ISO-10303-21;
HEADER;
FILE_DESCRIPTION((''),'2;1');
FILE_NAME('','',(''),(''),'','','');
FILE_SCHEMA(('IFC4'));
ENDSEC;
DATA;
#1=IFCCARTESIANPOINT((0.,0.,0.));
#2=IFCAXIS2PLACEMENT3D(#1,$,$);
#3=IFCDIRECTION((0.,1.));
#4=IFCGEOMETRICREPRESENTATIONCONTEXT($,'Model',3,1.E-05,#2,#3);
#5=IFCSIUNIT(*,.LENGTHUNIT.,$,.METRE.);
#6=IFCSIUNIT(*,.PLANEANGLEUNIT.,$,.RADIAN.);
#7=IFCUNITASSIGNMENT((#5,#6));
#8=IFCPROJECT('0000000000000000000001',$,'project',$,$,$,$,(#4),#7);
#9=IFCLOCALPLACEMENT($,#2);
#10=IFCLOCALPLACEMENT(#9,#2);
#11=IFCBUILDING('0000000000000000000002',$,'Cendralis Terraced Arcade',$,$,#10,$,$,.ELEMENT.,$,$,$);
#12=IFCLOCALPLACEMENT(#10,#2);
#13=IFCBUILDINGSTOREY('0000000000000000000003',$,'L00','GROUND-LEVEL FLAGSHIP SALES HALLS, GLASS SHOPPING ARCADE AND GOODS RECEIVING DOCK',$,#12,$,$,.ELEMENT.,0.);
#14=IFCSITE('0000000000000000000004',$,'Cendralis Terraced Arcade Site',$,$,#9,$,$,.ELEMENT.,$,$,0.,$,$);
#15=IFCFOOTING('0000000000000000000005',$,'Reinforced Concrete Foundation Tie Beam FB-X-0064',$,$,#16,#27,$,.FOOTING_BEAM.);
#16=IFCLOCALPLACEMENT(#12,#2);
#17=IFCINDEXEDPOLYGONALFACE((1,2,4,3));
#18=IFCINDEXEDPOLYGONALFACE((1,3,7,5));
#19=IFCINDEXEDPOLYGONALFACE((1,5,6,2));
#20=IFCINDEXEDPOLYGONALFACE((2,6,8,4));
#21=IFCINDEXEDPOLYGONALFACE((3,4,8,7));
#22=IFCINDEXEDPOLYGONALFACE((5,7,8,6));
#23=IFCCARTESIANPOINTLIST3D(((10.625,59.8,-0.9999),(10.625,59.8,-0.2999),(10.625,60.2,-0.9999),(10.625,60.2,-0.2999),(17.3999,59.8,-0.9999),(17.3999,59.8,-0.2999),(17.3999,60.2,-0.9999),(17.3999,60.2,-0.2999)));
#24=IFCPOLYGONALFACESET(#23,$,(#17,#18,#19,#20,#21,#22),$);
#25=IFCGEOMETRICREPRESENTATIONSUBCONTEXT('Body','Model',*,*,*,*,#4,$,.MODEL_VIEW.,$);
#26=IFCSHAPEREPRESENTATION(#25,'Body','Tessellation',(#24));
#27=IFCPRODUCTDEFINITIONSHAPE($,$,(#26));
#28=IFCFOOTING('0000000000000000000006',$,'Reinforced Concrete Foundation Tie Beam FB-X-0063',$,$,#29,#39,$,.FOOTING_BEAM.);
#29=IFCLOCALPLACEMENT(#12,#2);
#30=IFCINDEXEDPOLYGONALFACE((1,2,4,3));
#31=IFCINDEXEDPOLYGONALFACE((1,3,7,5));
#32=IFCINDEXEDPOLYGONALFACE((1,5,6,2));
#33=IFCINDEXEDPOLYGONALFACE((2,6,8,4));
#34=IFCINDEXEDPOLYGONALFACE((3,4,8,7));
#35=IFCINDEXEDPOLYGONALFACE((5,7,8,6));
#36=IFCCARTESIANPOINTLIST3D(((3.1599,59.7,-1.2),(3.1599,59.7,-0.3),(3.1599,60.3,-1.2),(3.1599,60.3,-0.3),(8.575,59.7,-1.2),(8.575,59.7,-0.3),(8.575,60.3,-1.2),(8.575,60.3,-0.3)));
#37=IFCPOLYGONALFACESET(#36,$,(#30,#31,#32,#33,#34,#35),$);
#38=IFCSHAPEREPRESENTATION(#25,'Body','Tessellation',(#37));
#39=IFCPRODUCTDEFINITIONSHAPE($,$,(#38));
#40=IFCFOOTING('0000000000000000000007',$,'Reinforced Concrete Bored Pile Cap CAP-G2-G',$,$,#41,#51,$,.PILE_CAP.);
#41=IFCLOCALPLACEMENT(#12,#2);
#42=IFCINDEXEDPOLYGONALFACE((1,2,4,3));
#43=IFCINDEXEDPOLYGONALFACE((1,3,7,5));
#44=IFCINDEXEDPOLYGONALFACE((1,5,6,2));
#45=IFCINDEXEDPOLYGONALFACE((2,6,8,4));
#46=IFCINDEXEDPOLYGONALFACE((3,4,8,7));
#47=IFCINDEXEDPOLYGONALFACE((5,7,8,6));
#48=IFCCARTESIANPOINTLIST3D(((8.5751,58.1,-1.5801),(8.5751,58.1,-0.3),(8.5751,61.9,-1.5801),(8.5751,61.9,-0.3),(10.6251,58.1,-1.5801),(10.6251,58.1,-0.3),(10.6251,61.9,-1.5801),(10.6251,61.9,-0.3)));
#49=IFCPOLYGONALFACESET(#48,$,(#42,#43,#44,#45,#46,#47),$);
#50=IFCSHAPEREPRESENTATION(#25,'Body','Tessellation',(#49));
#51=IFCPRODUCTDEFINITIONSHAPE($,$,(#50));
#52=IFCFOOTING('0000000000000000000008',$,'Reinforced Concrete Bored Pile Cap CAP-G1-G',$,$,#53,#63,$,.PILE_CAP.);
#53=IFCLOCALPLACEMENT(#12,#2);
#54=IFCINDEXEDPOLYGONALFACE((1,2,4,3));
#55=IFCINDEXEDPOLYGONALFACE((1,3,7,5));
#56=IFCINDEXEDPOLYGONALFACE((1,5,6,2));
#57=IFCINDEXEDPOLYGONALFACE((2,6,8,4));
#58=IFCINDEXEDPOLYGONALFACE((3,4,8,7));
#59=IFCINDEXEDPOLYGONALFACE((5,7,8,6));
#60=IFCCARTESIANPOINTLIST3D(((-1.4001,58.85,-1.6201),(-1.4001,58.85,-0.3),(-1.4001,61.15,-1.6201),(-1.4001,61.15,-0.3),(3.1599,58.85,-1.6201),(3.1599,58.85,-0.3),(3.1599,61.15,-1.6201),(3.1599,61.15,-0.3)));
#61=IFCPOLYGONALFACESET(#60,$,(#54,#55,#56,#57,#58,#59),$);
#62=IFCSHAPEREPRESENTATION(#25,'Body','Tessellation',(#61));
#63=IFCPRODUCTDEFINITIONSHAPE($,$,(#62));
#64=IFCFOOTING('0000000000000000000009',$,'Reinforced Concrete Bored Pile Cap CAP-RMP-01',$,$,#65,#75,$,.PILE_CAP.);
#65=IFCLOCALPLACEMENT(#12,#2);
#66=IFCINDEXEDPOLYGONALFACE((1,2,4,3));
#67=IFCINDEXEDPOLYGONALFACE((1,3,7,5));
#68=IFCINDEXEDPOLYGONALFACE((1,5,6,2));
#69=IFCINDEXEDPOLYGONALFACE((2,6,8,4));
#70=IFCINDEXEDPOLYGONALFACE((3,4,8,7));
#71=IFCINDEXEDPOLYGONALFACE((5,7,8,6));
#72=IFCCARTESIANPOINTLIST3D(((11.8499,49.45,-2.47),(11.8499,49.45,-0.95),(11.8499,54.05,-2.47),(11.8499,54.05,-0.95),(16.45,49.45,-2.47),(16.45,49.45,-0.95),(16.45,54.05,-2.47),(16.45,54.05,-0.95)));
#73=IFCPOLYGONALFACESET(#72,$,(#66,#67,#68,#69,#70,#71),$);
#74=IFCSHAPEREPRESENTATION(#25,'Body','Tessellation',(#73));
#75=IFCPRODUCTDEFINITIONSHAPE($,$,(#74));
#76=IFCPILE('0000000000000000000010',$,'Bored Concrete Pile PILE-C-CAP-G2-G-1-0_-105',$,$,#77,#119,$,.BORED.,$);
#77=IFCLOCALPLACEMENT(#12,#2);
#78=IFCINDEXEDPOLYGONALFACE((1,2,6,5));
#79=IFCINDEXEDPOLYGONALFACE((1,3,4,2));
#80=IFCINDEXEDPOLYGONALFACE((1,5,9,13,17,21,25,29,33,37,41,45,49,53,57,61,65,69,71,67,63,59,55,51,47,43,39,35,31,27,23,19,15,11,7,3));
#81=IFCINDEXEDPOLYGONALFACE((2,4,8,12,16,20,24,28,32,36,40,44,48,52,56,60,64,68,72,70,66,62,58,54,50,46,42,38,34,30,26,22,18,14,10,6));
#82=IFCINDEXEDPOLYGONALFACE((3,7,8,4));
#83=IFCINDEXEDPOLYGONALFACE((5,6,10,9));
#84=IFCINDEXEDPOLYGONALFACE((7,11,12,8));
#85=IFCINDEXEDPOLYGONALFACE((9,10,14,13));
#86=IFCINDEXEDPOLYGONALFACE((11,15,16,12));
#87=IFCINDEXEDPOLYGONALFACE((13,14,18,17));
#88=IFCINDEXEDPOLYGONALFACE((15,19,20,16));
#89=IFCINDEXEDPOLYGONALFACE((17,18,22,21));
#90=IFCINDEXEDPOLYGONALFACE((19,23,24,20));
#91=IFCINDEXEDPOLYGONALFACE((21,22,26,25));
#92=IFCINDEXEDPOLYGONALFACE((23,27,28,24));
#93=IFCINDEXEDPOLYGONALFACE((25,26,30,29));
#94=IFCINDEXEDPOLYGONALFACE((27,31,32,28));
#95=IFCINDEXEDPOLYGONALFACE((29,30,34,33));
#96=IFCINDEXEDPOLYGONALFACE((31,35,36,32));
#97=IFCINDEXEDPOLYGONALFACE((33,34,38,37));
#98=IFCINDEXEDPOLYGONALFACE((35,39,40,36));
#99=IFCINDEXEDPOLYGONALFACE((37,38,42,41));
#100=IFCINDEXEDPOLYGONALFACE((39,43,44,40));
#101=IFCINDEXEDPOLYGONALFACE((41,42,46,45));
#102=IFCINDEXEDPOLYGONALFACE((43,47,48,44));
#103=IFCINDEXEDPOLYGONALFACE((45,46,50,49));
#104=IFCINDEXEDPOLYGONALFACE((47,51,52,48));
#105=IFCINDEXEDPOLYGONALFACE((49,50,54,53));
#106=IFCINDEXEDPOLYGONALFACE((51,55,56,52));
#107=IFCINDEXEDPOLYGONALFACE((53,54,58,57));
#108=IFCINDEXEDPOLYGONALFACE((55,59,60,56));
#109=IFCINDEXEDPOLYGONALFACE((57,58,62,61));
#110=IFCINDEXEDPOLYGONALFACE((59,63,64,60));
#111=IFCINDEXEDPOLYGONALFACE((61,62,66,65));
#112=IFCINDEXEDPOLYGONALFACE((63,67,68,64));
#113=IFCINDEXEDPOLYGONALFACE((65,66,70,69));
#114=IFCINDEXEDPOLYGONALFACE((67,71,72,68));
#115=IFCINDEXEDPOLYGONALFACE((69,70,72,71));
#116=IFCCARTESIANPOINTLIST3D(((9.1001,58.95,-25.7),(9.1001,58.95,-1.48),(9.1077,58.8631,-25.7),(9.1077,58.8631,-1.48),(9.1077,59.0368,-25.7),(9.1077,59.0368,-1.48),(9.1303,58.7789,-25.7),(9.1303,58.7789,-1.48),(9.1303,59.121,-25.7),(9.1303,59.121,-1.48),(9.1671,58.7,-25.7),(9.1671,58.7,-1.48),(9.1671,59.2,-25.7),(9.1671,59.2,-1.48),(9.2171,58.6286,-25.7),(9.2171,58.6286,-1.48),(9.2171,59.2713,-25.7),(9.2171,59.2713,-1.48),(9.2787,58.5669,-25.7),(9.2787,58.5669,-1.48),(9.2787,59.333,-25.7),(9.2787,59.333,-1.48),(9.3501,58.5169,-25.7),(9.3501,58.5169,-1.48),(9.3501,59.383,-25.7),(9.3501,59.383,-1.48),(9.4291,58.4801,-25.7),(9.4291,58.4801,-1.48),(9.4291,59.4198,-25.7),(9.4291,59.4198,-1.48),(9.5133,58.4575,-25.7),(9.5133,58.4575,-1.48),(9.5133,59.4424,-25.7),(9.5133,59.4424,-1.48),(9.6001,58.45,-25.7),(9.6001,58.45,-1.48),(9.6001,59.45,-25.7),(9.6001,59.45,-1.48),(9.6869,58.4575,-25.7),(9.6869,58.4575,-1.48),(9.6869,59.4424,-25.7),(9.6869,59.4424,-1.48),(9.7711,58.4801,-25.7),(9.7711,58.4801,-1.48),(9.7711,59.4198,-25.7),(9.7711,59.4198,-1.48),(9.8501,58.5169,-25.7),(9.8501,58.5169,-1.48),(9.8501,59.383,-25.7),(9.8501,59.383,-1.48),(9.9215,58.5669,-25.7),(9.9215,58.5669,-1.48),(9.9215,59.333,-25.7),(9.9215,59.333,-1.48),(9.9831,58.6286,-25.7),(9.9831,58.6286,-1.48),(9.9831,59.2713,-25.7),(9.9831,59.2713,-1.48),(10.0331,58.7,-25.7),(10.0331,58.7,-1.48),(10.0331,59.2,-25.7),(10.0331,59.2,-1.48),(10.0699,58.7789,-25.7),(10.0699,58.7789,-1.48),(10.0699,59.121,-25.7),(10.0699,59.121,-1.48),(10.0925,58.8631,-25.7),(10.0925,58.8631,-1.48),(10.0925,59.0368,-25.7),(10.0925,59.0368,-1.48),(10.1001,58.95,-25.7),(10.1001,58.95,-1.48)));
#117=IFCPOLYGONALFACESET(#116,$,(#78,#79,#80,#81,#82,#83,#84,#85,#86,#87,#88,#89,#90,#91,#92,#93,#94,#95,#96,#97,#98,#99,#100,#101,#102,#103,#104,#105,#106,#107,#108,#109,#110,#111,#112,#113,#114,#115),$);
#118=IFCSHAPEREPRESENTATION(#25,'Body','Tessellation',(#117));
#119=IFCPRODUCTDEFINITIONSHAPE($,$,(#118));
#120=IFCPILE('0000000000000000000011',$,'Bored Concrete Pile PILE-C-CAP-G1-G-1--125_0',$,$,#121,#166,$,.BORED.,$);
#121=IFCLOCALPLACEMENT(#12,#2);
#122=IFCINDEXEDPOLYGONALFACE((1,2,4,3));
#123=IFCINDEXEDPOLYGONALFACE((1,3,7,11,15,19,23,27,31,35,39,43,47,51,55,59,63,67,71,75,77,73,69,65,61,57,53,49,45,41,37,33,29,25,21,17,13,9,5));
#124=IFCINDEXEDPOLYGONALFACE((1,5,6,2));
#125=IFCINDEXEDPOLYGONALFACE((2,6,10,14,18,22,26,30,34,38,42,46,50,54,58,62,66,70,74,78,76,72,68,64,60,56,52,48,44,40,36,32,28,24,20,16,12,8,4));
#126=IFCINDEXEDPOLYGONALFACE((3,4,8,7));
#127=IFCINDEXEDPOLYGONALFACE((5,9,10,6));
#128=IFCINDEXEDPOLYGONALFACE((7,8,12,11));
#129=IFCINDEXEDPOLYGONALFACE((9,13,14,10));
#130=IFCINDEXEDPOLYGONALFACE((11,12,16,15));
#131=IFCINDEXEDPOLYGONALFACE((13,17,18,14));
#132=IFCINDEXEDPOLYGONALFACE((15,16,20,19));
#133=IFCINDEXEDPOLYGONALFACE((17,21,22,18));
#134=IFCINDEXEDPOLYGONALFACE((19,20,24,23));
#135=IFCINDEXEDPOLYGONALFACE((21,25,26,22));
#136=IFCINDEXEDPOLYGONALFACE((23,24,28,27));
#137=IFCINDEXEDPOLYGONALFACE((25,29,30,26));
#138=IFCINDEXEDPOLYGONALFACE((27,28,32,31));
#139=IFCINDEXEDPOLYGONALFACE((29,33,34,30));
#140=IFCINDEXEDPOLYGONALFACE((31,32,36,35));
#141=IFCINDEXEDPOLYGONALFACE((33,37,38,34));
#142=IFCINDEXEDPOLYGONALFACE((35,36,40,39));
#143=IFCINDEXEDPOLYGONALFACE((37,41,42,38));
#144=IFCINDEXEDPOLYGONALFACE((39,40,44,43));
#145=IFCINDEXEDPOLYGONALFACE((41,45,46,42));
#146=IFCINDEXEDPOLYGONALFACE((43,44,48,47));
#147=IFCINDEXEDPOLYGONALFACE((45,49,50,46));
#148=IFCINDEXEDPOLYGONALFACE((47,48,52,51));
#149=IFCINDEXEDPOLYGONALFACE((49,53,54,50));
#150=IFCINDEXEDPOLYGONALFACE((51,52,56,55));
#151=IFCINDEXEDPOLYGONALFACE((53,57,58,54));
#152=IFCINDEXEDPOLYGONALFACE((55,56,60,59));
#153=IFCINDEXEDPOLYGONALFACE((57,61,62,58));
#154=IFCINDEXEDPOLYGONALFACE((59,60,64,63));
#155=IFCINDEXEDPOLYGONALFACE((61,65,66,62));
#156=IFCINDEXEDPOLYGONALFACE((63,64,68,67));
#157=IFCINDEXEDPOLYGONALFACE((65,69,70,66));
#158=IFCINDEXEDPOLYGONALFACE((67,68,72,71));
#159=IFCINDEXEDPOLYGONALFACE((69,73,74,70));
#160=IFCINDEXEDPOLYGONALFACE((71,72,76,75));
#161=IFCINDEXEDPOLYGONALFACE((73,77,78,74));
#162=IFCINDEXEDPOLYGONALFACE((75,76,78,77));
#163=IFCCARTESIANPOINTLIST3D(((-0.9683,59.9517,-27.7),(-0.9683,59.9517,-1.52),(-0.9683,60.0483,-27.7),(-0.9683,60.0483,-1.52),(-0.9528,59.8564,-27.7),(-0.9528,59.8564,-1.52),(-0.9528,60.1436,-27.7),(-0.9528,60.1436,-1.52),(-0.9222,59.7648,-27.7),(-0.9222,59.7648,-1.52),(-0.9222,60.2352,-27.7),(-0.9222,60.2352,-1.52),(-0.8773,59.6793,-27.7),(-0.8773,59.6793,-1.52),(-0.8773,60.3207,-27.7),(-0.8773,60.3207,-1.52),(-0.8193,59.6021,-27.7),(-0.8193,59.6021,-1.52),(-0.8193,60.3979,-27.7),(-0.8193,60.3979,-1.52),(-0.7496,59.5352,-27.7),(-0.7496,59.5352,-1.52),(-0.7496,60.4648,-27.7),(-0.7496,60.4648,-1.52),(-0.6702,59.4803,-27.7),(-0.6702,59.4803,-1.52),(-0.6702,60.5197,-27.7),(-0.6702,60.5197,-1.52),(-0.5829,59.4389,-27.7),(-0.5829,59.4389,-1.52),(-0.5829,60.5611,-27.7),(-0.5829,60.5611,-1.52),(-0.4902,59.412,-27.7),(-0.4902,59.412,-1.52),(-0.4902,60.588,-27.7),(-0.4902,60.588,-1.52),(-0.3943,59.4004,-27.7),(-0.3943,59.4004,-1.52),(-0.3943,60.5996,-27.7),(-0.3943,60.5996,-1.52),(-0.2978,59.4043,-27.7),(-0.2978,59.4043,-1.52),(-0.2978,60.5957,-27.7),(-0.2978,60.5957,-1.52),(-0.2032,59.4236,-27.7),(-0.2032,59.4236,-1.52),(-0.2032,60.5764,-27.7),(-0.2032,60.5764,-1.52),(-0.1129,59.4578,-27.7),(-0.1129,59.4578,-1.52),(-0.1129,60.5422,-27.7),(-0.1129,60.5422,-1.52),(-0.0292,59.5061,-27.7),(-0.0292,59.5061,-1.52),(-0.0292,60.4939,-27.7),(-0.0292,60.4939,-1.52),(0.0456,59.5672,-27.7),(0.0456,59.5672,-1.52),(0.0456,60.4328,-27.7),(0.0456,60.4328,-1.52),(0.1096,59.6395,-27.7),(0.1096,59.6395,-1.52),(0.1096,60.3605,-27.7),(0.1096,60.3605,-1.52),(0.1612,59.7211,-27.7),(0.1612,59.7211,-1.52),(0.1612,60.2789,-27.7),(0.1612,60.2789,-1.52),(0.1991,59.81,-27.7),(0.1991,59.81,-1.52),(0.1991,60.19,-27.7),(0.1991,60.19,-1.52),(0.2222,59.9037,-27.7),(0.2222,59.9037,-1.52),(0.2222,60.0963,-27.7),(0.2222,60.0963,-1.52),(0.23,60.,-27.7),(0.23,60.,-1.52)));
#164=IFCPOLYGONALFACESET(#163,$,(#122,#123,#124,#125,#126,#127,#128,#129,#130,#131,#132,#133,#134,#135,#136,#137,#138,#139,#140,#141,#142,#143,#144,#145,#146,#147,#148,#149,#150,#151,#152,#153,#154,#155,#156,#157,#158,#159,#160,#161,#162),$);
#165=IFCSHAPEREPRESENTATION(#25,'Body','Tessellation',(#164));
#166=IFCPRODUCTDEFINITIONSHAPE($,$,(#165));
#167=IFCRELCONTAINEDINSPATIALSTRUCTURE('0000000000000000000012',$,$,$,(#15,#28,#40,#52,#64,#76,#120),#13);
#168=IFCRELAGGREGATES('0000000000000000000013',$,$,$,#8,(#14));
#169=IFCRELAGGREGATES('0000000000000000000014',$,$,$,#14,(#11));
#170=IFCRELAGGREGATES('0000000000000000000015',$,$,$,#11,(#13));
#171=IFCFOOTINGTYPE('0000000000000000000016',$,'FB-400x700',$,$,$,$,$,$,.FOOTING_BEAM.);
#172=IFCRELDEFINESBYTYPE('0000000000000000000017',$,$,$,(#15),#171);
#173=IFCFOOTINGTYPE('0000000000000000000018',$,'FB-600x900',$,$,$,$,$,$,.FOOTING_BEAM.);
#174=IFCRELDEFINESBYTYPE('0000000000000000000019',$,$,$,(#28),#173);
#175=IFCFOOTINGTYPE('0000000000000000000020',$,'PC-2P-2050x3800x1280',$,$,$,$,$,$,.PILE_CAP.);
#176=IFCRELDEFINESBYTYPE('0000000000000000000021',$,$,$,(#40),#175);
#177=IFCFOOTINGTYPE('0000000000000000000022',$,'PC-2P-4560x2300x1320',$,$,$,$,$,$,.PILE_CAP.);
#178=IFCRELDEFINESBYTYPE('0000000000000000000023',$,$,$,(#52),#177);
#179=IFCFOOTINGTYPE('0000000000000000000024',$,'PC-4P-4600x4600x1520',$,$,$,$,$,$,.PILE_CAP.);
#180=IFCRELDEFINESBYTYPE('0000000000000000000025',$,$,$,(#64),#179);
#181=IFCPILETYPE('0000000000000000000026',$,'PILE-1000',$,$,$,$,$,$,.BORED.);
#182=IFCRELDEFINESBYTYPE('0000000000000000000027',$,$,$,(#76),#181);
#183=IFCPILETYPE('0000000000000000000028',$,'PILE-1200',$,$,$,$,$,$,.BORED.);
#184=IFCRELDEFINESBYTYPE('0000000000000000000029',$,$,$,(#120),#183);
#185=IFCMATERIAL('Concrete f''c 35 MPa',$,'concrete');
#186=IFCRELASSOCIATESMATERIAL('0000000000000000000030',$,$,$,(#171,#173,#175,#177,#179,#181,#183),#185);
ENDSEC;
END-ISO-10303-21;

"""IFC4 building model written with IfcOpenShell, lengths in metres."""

from ifc_helpers import new_model, si_unit, direction, frame, origin, origin_2d, place, context, subcontext, project, spatial, rectangle, circle, extrude, material, material_profile, profile_set, type_object, element, save


model = new_model("IFC4")

# Units and contexts
model_context = context("Model", 3, precision=1e-05, world=origin(), true_north=direction((0.0, 1.0)))
body_context = subcontext(model_context, "Body", "Model", "MODEL_VIEW")
ifc_project = project(units=[si_unit("LENGTHUNIT", "METRE"), si_unit("PLANEANGLEUNIT", "RADIAN")], contexts=[model_context])

# Site, building, storey
site_placement = place(None, origin())
site = spatial("IfcSite", under=ifc_project, at=site_placement, Name="Cendralis Terraced Arcade Site", CompositionType="ELEMENT", RefElevation=0.0)
building_placement = place(site_placement, origin())
building = spatial("IfcBuilding", under=site, at=building_placement, Name="Cendralis Terraced Arcade", CompositionType="ELEMENT")
storey_placement = place(building_placement, origin())
storey = spatial("IfcBuildingStorey", under=building, at=storey_placement, Name="L00", Description="GROUND-LEVEL FLAGSHIP SALES HALLS, GLASS SHOPPING ARCADE AND GOODS RECEIVING DOCK", CompositionType="ELEMENT", Elevation=0.0)

# Footings
ifc_material_1 = material(Name="Concrete f'c 35 MPa", Category="concrete")
ifc_material_profile_1 = material_profile(ifc_material_1, rectangle(XDim=0.3999, YDim=0.7, at=origin_2d()), Name="FB-400x700", Category="LoadBearing")
ifc_profile_set_1 = profile_set([ifc_material_profile_1], Name="Concrete f'c 35 MPa")
footing_type_1 = type_object("IfcFootingType", Name="FB-400x700", PredefinedType="FOOTING_BEAM", material=ifc_profile_set_1)
footing_1_placement = place(storey_placement, frame((10.625, 60.0, -0.6499), z_axis=(1.0, 0.0, 0.0), x_axis=(0.0, 1.0, 0.0)))
element("IfcFooting", 1, at=footing_1_placement, inside=storey, type_object=footing_type_1, Name="Reinforced Concrete Foundation Tie Beam FB-X-0064", PredefinedType="FOOTING_BEAM", context=body_context, shape_type="SweptSolid", body=[
    extrude(rectangle(XDim=0.3999, YDim=0.7, at=origin_2d()), origin(), (0.0, 0.0, 1.0), 6.7749),
])
ifc_material_profile_2 = material_profile(ifc_material_1, rectangle(XDim=0.6001, YDim=0.8999, at=origin_2d()), Name="FB-600x900", Category="LoadBearing")
ifc_profile_set_2 = profile_set([ifc_material_profile_2], Name="Concrete f'c 35 MPa")
footing_type_2 = type_object("IfcFootingType", Name="FB-600x900", PredefinedType="FOOTING_BEAM", material=ifc_profile_set_2)
footing_2_placement = place(storey_placement, frame((3.1599, 60.0, -0.75), z_axis=(1.0, 0.0, 0.0), x_axis=(0.0, 1.0, 0.0)))
element("IfcFooting", 2, at=footing_2_placement, inside=storey, type_object=footing_type_2, Name="Reinforced Concrete Foundation Tie Beam FB-X-0063", PredefinedType="FOOTING_BEAM", context=body_context, shape_type="SweptSolid", body=[
    extrude(rectangle(XDim=0.6001, YDim=0.8999, at=origin_2d()), origin(), (0.0, 0.0, 1.0), 5.415),
])
footing_type_3 = type_object("IfcFootingType", Name="PC-2P-2050x3800x1280", PredefinedType="PILE_CAP", material=ifc_material_1)
footing_3_placement = place(storey_placement, frame((9.6001, 60.0, -1.5801), z_axis=(0.0, 0.0, 1.0), x_axis=(1.0, 0.0, 0.0)))
element("IfcFooting", 3, at=footing_3_placement, inside=storey, type_object=footing_type_3, Name="Reinforced Concrete Bored Pile Cap CAP-G2-G", PredefinedType="PILE_CAP", context=body_context, shape_type="SweptSolid", body=[
    extrude(rectangle(XDim=2.05, YDim=3.8, at=origin_2d()), origin(), (0.0, 0.0, 1.0), 1.28),
])
footing_type_4 = type_object("IfcFootingType", Name="PC-2P-4560x2300x1320", PredefinedType="PILE_CAP", material=ifc_material_1)
footing_4_placement = place(storey_placement, frame((0.8799, 60.0, -1.6201), z_axis=(0.0, 0.0, 1.0), x_axis=(1.0, 0.0, 0.0)))
element("IfcFooting", 4, at=footing_4_placement, inside=storey, type_object=footing_type_4, Name="Reinforced Concrete Bored Pile Cap CAP-G1-G", PredefinedType="PILE_CAP", context=body_context, shape_type="SweptSolid", body=[
    extrude(rectangle(XDim=4.5601, YDim=2.3, at=origin_2d()), origin(), (0.0, 0.0, 1.0), 1.3201),
])
footing_type_5 = type_object("IfcFootingType", Name="PC-4P-4600x4600x1520", PredefinedType="PILE_CAP", material=ifc_material_1)
footing_5_placement = place(storey_placement, frame((14.1499, 51.75, -2.47), z_axis=(0.0, 0.0, 1.0), x_axis=(1.0, 0.0, 0.0)))
element("IfcFooting", 5, at=footing_5_placement, inside=storey, type_object=footing_type_5, Name="Reinforced Concrete Bored Pile Cap CAP-RMP-01", PredefinedType="PILE_CAP", context=body_context, shape_type="SweptSolid", body=[
    extrude(rectangle(XDim=4.6001, YDim=4.6001, at=origin_2d()), origin(), (0.0, 0.0, 1.0), 1.52),
])

# Piles
ifc_material_profile_3 = material_profile(ifc_material_1, circle(Radius=0.5, at=origin_2d()), Name="PILE-D1000", Category="LoadBearing")
ifc_profile_set_3 = profile_set([ifc_material_profile_3], Name="Concrete f'c 35 MPa")
pile_type_1 = type_object("IfcPileType", Name="PILE-1000", PredefinedType="BORED", material=ifc_profile_set_3)
pile_1_placement = place(storey_placement, frame((9.6001, 58.95, -1.48), z_axis=(0.0, 0.0, -1.0), x_axis=(1.0, 0.0, 0.0)))
element("IfcPile", 6, at=pile_1_placement, inside=storey, type_object=pile_type_1, Name="Bored Concrete Pile PILE-C-CAP-G2-G-1-0_-105", PredefinedType="BORED", context=body_context, shape_type="SweptSolid", body=[
    extrude(circle(Radius=0.5, at=origin_2d()), origin(), (0.0, 0.0, 1.0), 24.22),
])
ifc_material_profile_4 = material_profile(ifc_material_1, circle(Radius=0.6001, at=origin_2d()), Name="PILE-D1200", Category="LoadBearing")
ifc_profile_set_4 = profile_set([ifc_material_profile_4], Name="Concrete f'c 35 MPa")
pile_type_2 = type_object("IfcPileType", Name="PILE-1200", PredefinedType="BORED", material=ifc_profile_set_4)
for number, where, z_axis, x_axis, name in (
    (7, (-0.3701, 60.0, -1.52), (0.0, 0.0, -1.0), (1.0, 0.0, 0.0), "Bored Concrete Pile PILE-C-CAP-G1-G-1--125_0"),
):
    element("IfcPile", number, at=place(storey_placement, frame(where, z_axis=z_axis, x_axis=x_axis)), inside=storey, type_object=pile_type_2, Name=name, PredefinedType="BORED", context=body_context, shape_type="SweptSolid", body=[
        extrude(circle(Radius=0.6001, at=origin_2d()), origin(), (0.0, 0.0, 1.0), 26.1799),
    ])

save(model, "model.ifc")
